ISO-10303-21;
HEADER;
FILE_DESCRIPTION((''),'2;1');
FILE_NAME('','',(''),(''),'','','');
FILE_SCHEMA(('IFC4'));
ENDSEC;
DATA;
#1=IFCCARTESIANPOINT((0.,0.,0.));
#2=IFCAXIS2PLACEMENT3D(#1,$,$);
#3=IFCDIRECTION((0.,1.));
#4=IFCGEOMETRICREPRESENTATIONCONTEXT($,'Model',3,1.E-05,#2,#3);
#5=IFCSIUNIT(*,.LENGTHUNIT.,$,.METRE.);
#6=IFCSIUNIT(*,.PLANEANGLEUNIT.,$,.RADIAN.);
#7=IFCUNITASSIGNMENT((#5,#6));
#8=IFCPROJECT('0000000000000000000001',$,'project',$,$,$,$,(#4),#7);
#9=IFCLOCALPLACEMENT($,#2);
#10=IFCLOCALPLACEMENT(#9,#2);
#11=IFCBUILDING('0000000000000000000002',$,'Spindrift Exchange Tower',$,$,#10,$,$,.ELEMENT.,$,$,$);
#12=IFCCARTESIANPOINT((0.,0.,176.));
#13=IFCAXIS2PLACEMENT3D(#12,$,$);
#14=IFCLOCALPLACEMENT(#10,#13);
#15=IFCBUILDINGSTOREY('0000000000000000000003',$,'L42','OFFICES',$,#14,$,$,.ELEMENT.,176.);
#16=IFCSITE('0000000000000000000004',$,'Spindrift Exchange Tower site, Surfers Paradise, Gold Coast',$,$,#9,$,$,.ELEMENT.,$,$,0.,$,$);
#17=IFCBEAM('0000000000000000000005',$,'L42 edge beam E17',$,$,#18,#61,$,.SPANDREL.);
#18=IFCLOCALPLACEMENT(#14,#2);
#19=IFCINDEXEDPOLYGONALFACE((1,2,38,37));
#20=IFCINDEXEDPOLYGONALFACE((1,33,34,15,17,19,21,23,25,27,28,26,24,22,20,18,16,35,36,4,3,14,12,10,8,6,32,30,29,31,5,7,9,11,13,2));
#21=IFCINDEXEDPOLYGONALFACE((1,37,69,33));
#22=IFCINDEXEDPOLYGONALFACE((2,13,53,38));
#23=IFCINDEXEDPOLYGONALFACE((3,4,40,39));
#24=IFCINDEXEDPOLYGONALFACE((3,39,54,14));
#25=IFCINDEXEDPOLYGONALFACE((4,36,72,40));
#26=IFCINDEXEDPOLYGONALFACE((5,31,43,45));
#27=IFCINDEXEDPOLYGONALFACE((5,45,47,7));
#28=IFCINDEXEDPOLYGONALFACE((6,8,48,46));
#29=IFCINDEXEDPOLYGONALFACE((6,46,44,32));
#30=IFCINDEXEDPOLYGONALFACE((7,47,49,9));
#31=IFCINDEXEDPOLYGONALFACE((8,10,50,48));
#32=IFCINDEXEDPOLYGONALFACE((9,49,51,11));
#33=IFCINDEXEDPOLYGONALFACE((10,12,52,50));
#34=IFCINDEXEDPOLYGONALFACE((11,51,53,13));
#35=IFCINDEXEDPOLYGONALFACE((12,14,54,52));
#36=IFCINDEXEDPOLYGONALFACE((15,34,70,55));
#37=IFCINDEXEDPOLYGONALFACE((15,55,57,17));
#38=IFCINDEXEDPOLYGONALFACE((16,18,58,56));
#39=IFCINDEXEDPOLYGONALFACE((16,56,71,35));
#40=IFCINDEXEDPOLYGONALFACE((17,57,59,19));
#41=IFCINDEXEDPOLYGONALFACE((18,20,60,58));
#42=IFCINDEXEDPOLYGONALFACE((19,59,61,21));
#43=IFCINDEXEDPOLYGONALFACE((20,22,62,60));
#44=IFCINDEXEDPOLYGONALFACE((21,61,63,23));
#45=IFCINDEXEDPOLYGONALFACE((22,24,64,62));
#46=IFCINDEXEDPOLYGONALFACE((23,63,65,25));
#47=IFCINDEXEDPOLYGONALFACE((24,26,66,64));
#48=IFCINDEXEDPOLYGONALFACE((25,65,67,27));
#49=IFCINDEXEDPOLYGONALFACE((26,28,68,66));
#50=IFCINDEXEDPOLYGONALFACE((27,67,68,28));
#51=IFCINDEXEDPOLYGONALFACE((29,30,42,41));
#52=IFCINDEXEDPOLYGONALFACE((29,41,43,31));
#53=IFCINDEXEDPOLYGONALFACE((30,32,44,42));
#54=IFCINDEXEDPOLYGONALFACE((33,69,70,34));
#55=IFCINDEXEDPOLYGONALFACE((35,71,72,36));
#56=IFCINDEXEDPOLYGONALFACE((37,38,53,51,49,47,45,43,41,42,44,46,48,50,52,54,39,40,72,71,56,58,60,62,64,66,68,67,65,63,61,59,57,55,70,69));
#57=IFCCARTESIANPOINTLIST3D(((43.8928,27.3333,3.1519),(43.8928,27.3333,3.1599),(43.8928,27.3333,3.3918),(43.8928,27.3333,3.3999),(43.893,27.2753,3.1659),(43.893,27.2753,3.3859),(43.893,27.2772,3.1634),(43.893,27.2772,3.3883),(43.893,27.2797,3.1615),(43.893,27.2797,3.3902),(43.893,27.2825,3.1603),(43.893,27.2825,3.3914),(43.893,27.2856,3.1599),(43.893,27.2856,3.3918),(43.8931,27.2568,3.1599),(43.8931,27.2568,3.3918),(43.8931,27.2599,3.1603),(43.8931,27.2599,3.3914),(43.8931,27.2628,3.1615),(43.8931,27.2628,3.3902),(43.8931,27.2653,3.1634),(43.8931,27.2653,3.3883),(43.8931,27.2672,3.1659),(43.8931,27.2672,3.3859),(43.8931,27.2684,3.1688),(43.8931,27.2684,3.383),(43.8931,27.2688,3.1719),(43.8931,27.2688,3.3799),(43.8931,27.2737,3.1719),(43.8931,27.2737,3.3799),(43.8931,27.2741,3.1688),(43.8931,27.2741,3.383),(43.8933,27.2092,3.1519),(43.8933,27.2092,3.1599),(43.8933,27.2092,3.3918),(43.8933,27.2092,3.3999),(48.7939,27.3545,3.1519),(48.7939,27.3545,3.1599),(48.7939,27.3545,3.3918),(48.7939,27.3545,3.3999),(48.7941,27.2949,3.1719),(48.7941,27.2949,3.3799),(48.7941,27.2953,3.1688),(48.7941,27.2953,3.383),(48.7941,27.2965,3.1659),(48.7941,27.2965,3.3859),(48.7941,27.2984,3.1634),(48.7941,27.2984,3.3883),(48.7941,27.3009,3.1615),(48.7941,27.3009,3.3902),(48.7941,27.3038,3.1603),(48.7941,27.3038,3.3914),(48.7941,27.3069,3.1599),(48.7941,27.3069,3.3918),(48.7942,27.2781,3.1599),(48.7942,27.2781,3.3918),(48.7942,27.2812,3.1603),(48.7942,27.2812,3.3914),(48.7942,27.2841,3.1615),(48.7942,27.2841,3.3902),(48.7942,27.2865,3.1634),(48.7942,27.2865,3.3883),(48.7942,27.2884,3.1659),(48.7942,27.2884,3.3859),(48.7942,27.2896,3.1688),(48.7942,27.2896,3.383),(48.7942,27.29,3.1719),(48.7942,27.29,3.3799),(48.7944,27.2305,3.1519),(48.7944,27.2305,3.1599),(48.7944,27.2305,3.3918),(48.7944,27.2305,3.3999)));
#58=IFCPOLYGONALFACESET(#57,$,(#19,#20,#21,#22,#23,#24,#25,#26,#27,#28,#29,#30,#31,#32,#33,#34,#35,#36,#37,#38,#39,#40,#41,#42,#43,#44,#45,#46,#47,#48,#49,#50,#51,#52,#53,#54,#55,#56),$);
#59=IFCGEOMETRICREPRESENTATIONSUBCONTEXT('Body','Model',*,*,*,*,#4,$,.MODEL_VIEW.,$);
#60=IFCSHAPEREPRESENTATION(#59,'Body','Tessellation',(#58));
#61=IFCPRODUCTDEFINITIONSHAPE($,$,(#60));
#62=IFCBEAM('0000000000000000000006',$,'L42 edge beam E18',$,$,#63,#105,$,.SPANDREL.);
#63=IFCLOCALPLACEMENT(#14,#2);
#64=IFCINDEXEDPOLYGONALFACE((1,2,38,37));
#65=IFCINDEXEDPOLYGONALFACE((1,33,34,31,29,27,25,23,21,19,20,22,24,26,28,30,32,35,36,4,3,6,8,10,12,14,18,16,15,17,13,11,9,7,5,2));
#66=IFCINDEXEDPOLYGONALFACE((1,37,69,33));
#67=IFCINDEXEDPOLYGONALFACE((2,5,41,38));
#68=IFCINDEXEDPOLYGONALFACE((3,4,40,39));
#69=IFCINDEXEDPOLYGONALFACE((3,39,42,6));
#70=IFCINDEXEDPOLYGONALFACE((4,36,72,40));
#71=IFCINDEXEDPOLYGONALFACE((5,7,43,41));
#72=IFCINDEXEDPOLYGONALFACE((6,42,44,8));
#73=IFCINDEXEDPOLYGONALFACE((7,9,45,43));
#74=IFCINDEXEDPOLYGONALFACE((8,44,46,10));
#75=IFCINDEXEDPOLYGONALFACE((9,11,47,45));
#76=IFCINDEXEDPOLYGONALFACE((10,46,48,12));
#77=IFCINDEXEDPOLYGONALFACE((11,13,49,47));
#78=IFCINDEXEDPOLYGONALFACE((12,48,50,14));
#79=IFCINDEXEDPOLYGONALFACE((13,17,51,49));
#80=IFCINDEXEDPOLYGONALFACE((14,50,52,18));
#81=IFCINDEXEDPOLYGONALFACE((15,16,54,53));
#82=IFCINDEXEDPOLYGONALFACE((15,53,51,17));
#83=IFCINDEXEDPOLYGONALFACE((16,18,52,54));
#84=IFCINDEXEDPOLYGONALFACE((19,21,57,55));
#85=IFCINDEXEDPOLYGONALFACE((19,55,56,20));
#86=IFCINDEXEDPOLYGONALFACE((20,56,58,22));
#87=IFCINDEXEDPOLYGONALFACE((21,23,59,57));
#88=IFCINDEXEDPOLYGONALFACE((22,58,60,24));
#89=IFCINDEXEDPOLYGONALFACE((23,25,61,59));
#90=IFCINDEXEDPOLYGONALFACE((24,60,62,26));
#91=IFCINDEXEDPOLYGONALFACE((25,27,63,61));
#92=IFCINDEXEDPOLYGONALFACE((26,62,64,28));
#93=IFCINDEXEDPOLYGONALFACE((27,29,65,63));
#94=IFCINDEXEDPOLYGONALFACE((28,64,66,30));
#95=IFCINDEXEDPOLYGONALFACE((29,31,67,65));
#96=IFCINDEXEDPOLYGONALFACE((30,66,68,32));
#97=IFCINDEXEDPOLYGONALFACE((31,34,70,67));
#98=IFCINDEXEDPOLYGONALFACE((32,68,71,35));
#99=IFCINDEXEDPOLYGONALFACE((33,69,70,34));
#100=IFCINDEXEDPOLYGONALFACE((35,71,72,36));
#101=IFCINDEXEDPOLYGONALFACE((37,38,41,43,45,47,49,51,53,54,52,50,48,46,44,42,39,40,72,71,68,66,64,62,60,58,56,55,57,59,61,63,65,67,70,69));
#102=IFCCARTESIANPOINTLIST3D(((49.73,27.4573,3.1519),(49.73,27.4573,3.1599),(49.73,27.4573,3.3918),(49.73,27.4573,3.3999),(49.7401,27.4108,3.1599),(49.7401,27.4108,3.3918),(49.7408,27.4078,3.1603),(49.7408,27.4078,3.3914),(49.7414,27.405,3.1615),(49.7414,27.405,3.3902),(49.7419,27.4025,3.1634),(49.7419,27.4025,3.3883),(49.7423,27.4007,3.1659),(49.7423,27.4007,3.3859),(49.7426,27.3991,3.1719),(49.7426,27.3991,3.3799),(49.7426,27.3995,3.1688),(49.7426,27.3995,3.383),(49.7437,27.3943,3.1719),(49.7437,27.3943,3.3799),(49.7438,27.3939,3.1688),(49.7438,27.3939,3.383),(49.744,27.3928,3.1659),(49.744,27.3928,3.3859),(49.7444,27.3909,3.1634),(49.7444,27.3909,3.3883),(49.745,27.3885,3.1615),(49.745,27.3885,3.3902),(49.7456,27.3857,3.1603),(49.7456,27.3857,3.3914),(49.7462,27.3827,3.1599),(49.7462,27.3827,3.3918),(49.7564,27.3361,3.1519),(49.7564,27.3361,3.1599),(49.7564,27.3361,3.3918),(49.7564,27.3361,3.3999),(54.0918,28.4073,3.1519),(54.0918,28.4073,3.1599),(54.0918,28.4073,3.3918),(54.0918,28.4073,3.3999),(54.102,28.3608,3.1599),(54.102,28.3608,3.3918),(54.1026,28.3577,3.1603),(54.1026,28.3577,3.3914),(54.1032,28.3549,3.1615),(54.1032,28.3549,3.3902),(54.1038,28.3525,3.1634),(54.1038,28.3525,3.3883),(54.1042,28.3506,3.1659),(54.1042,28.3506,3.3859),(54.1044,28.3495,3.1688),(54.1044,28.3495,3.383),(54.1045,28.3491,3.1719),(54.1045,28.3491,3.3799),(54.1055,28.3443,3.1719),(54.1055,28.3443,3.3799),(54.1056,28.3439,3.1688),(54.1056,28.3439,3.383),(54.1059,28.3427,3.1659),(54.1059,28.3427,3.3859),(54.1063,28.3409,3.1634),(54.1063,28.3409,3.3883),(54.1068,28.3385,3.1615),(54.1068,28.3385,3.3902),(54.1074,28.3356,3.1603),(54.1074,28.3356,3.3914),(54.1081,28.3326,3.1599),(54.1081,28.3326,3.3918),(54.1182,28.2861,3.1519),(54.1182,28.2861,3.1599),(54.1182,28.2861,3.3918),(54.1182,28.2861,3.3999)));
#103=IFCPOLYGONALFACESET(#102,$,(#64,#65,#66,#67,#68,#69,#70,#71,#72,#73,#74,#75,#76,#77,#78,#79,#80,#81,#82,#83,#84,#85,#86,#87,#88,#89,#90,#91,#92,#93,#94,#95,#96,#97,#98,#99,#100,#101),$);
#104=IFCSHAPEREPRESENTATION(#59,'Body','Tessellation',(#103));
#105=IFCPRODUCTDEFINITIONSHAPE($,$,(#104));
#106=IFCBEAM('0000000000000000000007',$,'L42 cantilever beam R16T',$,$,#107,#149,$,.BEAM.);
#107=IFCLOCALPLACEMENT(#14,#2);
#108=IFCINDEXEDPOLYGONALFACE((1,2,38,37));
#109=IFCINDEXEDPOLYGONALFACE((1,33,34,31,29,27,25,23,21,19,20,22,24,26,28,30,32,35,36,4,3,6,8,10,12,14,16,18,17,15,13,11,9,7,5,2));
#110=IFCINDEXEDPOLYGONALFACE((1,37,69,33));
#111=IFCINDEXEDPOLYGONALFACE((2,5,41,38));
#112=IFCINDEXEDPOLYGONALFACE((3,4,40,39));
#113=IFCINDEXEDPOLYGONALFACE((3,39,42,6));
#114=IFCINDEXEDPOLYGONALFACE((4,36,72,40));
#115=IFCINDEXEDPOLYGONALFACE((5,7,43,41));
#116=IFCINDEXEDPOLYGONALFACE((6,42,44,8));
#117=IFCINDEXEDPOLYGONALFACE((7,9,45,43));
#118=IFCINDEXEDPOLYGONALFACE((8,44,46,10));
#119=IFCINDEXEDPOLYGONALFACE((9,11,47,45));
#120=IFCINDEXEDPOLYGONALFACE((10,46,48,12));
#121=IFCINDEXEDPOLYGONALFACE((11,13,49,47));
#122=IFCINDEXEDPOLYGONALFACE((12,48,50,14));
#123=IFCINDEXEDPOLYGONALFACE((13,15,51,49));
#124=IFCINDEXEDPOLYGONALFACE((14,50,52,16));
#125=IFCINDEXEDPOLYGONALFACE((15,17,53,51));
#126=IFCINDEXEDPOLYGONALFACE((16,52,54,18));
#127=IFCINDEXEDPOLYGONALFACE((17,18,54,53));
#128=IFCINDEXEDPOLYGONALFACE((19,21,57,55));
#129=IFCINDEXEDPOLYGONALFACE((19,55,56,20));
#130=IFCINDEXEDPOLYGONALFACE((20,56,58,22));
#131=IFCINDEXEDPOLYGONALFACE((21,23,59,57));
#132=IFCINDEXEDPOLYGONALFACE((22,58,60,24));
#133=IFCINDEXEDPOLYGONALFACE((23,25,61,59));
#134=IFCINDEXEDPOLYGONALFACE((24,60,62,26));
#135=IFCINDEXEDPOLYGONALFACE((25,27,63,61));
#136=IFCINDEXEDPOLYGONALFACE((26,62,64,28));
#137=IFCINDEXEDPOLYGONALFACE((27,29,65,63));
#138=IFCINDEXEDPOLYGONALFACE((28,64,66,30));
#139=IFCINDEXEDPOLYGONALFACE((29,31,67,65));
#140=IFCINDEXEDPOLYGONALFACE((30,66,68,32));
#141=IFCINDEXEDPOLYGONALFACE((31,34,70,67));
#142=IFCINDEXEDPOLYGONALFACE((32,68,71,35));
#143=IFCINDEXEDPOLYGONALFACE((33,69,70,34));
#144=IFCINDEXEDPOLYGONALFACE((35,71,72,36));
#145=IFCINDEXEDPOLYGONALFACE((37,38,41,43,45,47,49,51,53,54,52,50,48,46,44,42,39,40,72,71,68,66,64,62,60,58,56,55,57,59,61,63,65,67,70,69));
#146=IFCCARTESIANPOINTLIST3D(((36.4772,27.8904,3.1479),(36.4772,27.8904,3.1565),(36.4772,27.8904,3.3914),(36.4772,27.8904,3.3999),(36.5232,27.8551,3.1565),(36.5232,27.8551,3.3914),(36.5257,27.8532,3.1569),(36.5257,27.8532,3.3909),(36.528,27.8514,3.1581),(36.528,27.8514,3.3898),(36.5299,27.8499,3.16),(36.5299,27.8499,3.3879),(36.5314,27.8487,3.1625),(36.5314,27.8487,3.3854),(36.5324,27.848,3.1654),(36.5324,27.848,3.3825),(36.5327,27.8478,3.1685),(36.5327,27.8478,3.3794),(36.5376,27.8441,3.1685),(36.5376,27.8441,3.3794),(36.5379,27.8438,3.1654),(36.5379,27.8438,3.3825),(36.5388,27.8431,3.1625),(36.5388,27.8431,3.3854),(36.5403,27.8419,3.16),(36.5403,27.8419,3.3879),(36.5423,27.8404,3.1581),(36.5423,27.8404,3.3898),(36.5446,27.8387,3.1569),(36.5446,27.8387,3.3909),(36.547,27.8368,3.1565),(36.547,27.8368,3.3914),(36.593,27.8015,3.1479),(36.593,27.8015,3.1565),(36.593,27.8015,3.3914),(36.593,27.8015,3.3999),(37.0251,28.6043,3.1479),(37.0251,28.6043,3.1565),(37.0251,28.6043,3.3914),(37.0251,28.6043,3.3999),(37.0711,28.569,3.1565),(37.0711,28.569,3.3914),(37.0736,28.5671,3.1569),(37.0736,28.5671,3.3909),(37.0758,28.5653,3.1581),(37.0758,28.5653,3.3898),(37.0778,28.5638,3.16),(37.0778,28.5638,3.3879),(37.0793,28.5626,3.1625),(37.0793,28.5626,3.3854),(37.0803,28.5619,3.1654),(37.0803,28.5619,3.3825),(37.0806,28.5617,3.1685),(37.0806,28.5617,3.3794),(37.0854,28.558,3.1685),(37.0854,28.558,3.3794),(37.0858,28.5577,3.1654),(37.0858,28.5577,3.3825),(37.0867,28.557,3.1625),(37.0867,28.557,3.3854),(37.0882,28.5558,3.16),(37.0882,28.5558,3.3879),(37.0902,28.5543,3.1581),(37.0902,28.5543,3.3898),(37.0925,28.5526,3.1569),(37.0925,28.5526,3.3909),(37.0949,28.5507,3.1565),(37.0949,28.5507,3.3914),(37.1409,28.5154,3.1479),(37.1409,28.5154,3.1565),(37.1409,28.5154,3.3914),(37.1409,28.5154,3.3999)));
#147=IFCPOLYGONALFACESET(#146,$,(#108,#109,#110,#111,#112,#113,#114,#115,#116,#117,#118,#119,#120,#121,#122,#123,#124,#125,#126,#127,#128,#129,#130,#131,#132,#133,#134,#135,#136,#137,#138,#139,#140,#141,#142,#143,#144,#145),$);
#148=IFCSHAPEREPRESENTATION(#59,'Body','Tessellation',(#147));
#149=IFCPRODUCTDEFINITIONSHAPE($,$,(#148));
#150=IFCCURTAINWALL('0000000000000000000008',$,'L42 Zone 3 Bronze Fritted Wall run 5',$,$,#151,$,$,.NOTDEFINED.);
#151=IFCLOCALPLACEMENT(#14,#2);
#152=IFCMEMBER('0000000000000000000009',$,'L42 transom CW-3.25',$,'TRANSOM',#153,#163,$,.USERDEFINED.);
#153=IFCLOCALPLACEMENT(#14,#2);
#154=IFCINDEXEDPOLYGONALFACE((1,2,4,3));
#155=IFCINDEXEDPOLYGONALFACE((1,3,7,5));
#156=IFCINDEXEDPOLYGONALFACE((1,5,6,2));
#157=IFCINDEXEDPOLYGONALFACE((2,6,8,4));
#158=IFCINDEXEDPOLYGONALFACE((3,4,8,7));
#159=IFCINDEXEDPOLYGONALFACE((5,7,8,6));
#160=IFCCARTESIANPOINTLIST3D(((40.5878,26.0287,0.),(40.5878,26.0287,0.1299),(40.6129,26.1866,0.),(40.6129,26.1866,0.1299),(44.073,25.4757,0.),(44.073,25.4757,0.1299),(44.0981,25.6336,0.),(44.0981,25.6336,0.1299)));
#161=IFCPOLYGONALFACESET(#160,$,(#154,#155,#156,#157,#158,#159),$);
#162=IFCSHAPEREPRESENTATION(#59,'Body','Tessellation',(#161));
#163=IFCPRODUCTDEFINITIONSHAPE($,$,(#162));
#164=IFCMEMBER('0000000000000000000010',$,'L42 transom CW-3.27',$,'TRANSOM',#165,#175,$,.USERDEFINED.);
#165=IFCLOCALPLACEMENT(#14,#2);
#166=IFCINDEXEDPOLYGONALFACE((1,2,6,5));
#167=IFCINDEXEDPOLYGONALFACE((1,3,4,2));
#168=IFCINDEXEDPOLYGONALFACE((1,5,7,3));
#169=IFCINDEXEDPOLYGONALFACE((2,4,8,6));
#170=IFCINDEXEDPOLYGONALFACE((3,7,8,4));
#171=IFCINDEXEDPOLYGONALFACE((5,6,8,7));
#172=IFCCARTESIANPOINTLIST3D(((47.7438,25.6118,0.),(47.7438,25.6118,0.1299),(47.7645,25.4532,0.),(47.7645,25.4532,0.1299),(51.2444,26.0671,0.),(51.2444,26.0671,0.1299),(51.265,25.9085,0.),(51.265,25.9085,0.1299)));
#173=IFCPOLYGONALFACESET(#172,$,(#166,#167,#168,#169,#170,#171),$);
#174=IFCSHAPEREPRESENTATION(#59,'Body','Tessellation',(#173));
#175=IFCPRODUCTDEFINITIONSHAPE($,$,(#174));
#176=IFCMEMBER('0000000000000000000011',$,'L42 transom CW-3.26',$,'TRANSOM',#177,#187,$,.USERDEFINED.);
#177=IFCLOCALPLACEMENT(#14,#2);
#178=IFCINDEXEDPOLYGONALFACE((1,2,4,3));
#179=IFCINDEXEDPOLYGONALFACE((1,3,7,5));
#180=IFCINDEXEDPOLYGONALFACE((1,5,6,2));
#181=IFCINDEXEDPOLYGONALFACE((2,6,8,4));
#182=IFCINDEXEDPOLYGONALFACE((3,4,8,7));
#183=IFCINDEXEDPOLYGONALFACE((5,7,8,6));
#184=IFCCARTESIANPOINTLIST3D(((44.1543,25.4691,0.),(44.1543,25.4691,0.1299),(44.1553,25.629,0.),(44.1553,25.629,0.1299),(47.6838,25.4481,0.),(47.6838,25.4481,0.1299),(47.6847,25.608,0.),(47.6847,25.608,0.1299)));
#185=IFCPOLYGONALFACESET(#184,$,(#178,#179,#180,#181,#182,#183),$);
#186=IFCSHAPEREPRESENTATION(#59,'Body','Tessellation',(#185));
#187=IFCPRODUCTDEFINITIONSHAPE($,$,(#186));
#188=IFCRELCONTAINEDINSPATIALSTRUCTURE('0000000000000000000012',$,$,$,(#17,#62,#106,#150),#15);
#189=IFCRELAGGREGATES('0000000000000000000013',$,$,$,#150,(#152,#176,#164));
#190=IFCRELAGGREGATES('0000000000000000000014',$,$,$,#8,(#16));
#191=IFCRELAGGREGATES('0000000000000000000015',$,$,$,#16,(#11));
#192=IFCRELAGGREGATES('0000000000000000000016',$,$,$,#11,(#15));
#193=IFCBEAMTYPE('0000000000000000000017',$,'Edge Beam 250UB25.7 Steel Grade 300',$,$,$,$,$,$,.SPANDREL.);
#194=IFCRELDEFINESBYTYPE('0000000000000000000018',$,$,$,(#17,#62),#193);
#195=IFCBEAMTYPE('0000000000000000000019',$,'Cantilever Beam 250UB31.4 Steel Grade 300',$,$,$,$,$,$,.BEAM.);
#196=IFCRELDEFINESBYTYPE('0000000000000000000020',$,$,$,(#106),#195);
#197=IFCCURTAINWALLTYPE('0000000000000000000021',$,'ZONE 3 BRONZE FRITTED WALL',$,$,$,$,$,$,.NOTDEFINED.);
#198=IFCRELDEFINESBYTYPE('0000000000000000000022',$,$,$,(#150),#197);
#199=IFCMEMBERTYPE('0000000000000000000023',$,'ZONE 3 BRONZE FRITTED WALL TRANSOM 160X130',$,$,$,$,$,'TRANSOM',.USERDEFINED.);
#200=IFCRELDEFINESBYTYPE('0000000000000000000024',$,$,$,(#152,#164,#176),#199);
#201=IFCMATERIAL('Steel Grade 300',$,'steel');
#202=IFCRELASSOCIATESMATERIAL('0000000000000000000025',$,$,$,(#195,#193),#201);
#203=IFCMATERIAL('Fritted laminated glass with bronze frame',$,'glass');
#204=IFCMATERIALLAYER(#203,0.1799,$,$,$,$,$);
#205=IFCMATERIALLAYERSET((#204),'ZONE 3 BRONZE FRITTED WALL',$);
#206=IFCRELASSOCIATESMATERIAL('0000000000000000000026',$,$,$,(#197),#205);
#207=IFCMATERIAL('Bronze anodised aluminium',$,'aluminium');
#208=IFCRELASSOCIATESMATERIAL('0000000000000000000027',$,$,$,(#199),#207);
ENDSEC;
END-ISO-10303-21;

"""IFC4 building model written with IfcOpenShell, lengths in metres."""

from ifc_helpers import new_model, si_unit, direction, frame, origin, origin_2d, place, context, subcontext, project, spatial, rectangle, i_section, extrude, source, transform, mapped, material, layer, layer_set, material_profile, profile_set, type_object, element, aggregate, save


model = new_model("IFC4")

# Units and contexts
model_context = context("Model", 3, precision=1e-05, world=origin(), true_north=direction((0.0, 1.0)))
body_context = subcontext(model_context, "Body", "Model", "MODEL_VIEW")
ifc_project = project(units=[si_unit("LENGTHUNIT", "METRE"), si_unit("PLANEANGLEUNIT", "RADIAN")], contexts=[model_context])

# Site, building, storey
site_placement = place(None, origin())
site = spatial("IfcSite", under=ifc_project, at=site_placement, Name="Spindrift Exchange Tower site, Surfers Paradise, Gold Coast", CompositionType="ELEMENT", RefElevation=0.0)
building_placement = place(site_placement, origin())
building = spatial("IfcBuilding", under=site, at=building_placement, Name="Spindrift Exchange Tower", CompositionType="ELEMENT")
storey_placement = place(building_placement, frame((0.0, 0.0, 176.0)))
storey = spatial("IfcBuildingStorey", under=building, at=storey_placement, Name="L42", Description="OFFICES", CompositionType="ELEMENT", Elevation=176.0)

# Beams
ifc_material_1 = material(Name="Steel Grade 300", Category="steel")
ifc_material_profile_1 = material_profile(ifc_material_1, i_section(OverallWidth=0.146, OverallDepth=0.252, WebThickness=0.0061, FlangeThickness=0.0085, FilletRadius=0.012, at=origin_2d()), Name="250UB31.4")
ifc_profile_set_1 = profile_set([ifc_material_profile_1], Name="Steel Grade 300")
beam_type_1 = type_object("IfcBeamType", Name="Cantilever Beam 250UB31.4 Steel Grade 300", PredefinedType="BEAM", material=ifc_profile_set_1)
ifc_material_profile_2 = material_profile(ifc_material_1, i_section(OverallWidth=0.124, OverallDepth=0.248, WebThickness=0.0049, FlangeThickness=0.0081, FilletRadius=0.012, at=origin_2d()), Name="250UB25.7")
ifc_profile_set_2 = profile_set([ifc_material_profile_2], Name="Steel Grade 300")
beam_type_2 = type_object("IfcBeamType", Name="Edge Beam 250UB25.7 Steel Grade 300", PredefinedType="SPANDREL", material=ifc_profile_set_2)
shared_shape_1 = source(origin(), body_context, "Body", "SweptSolid", [
    extrude(i_section(OverallWidth=0.124, OverallDepth=0.248, WebThickness=0.0049, FlangeThickness=0.0081, FilletRadius=0.012, at=origin_2d()), origin(), (0.0, 0.0, 1.0), 4.9011),
])
beam_1_placement = place(storey_placement, frame((43.8931, 27.2712, 3.2759), z_axis=(0.999991, 0.004334, 0.0), x_axis=(-0.004334, 0.999991, 0.0)))
element("IfcBeam", 1, at=beam_1_placement, inside=storey, type_object=beam_type_2, Name="L42 edge beam E17", PredefinedType="SPANDREL", context=body_context, shape_type="MappedRepresentation", body=[
    mapped(shared_shape_1, transform((0.0, 0.0, 0.0), scale=1.0)),
])
shared_shape_2 = source(origin(), body_context, "Body", "SweptSolid", [
    extrude(i_section(OverallWidth=0.124, OverallDepth=0.248, WebThickness=0.0049, FlangeThickness=0.0081, FilletRadius=0.012, at=origin_2d()), origin(), (0.0, 0.0, 1.0), 4.4641),
])
beam_2_placement = place(storey_placement, frame((49.7432, 27.3967, 3.2759), z_axis=(0.977096, 0.2128, 0.0), x_axis=(-0.2128, 0.977096, 0.0)))
element("IfcBeam", 2, at=beam_2_placement, inside=storey, type_object=beam_type_2, Name="L42 edge beam E18", PredefinedType="SPANDREL", context=body_context, shape_type="MappedRepresentation", body=[
    mapped(shared_shape_2, transform((0.0, 0.0, 0.0), scale=1.0)),
])
shared_shape_3 = source(origin(), body_context, "Body", "SweptSolid", [
    extrude(i_section(OverallWidth=0.146, OverallDepth=0.252, WebThickness=0.0061, FlangeThickness=0.0085, FilletRadius=0.012, at=origin_2d()), origin(), (0.0, 0.0, 1.0), 0.8999),
])
beam_3_placement = place(storey_placement, frame((37.083, 28.5598, 3.2739), z_axis=(-0.608819, -0.793309, 0.0), x_axis=(0.793309, -0.608819, 0.0)))
element("IfcBeam", 3, at=beam_3_placement, inside=storey, type_object=beam_type_1, Name="L42 cantilever beam R16T", PredefinedType="BEAM", context=body_context, shape_type="MappedRepresentation", body=[
    mapped(shared_shape_3, transform((0.0, 0.0, 0.0), scale=1.0)),
])

# Curtain wall, members
ifc_material_2 = material(Name="Fritted laminated glass with bronze frame", Category="glass")
ifc_layer_1 = layer(ifc_material_2, 0.1799)
ifc_layer_set_1 = layer_set([ifc_layer_1], Name="ZONE 3 BRONZE FRITTED WALL")
curtain_wall_type = type_object("IfcCurtainWallType", Name="ZONE 3 BRONZE FRITTED WALL", PredefinedType="NOTDEFINED", material=ifc_layer_set_1)
curtain_wall_1_placement = place(storey_placement, origin())
curtain_wall_1 = element("IfcCurtainWall", 4, at=curtain_wall_1_placement, inside=storey, type_object=curtain_wall_type, Name="L42 Zone 3 Bronze Fritted Wall run 5", PredefinedType="NOTDEFINED")
ifc_material_3 = material(Name="Bronze anodised aluminium", Category="aluminium")
ifc_material_profile_3 = material_profile(ifc_material_3, rectangle(XDim=0.1599, YDim=0.1299, at=origin_2d()), Name="ZONE 3 BRONZE FRITTED WALL TRANSOM 160X130")
ifc_profile_set_3 = profile_set([ifc_material_profile_3], Name="Bronze anodised aluminium")
member_type_1 = type_object("IfcMemberType", Name="ZONE 3 BRONZE FRITTED WALL TRANSOM 160X130", ElementType="TRANSOM", PredefinedType="USERDEFINED", material=ifc_profile_set_3)
shared_shape_4 = source(origin(), body_context, "Body", "SweptSolid", [
    extrude(rectangle(XDim=0.1599, YDim=0.1299, at=origin_2d()), origin(), (0.0, 0.0, 1.0), 3.5288),
])
member_1_placement = place(storey_placement, frame((40.6003, 26.1077, 0.0649), z_axis=(0.987645, -0.156709, 0.0), x_axis=(0.156709, 0.987645, 0.0)))
member_1 = element("IfcMember", 5, at=member_1_placement, type_object=member_type_1, Name="L42 transom CW-3.25", ObjectType="TRANSOM", PredefinedType="USERDEFINED", context=body_context, shape_type="MappedRepresentation", body=[
    mapped(shared_shape_4, transform((0.0, 0.0, 0.0), scale=1.0)),
])
shared_shape_5 = source(origin(), body_context, "Body", "SweptSolid", [
    extrude(rectangle(XDim=0.1599, YDim=0.1299, at=origin_2d()), origin(), (0.0, 0.0, 1.0), 3.53),
])
member_2_placement = place(storey_placement, frame((47.7542, 25.5325, 0.0649), z_axis=(0.991646, 0.128987, 0.0), x_axis=(-0.128987, 0.991646, 0.0)))
member_2 = element("IfcMember", 6, at=member_2_placement, type_object=member_type_1, Name="L42 transom CW-3.27", ObjectType="TRANSOM", PredefinedType="USERDEFINED", context=body_context, shape_type="MappedRepresentation", body=[
    mapped(shared_shape_5, transform((0.0, 0.0, 0.0), scale=1.0)),
])
shared_shape_6 = source(origin(), body_context, "Body", "SweptSolid", [
    extrude(rectangle(XDim=0.1599, YDim=0.1299, at=origin_2d()), origin(), (0.0, 0.0, 1.0), 3.5295),
])
member_3_placement = place(storey_placement, frame((44.1548, 25.5491, 0.0649), z_axis=(0.999982, -0.005949, 0.0), x_axis=(0.005949, 0.999982, 0.0)))
member_3 = element("IfcMember", 7, at=member_3_placement, type_object=member_type_1, Name="L42 transom CW-3.26", ObjectType="TRANSOM", PredefinedType="USERDEFINED", context=body_context, shape_type="MappedRepresentation", body=[
    mapped(shared_shape_6, transform((0.0, 0.0, 0.0), scale=1.0)),
])

aggregate(curtain_wall_1, [member_1, member_3, member_2])

save(model, "model.ifc")
